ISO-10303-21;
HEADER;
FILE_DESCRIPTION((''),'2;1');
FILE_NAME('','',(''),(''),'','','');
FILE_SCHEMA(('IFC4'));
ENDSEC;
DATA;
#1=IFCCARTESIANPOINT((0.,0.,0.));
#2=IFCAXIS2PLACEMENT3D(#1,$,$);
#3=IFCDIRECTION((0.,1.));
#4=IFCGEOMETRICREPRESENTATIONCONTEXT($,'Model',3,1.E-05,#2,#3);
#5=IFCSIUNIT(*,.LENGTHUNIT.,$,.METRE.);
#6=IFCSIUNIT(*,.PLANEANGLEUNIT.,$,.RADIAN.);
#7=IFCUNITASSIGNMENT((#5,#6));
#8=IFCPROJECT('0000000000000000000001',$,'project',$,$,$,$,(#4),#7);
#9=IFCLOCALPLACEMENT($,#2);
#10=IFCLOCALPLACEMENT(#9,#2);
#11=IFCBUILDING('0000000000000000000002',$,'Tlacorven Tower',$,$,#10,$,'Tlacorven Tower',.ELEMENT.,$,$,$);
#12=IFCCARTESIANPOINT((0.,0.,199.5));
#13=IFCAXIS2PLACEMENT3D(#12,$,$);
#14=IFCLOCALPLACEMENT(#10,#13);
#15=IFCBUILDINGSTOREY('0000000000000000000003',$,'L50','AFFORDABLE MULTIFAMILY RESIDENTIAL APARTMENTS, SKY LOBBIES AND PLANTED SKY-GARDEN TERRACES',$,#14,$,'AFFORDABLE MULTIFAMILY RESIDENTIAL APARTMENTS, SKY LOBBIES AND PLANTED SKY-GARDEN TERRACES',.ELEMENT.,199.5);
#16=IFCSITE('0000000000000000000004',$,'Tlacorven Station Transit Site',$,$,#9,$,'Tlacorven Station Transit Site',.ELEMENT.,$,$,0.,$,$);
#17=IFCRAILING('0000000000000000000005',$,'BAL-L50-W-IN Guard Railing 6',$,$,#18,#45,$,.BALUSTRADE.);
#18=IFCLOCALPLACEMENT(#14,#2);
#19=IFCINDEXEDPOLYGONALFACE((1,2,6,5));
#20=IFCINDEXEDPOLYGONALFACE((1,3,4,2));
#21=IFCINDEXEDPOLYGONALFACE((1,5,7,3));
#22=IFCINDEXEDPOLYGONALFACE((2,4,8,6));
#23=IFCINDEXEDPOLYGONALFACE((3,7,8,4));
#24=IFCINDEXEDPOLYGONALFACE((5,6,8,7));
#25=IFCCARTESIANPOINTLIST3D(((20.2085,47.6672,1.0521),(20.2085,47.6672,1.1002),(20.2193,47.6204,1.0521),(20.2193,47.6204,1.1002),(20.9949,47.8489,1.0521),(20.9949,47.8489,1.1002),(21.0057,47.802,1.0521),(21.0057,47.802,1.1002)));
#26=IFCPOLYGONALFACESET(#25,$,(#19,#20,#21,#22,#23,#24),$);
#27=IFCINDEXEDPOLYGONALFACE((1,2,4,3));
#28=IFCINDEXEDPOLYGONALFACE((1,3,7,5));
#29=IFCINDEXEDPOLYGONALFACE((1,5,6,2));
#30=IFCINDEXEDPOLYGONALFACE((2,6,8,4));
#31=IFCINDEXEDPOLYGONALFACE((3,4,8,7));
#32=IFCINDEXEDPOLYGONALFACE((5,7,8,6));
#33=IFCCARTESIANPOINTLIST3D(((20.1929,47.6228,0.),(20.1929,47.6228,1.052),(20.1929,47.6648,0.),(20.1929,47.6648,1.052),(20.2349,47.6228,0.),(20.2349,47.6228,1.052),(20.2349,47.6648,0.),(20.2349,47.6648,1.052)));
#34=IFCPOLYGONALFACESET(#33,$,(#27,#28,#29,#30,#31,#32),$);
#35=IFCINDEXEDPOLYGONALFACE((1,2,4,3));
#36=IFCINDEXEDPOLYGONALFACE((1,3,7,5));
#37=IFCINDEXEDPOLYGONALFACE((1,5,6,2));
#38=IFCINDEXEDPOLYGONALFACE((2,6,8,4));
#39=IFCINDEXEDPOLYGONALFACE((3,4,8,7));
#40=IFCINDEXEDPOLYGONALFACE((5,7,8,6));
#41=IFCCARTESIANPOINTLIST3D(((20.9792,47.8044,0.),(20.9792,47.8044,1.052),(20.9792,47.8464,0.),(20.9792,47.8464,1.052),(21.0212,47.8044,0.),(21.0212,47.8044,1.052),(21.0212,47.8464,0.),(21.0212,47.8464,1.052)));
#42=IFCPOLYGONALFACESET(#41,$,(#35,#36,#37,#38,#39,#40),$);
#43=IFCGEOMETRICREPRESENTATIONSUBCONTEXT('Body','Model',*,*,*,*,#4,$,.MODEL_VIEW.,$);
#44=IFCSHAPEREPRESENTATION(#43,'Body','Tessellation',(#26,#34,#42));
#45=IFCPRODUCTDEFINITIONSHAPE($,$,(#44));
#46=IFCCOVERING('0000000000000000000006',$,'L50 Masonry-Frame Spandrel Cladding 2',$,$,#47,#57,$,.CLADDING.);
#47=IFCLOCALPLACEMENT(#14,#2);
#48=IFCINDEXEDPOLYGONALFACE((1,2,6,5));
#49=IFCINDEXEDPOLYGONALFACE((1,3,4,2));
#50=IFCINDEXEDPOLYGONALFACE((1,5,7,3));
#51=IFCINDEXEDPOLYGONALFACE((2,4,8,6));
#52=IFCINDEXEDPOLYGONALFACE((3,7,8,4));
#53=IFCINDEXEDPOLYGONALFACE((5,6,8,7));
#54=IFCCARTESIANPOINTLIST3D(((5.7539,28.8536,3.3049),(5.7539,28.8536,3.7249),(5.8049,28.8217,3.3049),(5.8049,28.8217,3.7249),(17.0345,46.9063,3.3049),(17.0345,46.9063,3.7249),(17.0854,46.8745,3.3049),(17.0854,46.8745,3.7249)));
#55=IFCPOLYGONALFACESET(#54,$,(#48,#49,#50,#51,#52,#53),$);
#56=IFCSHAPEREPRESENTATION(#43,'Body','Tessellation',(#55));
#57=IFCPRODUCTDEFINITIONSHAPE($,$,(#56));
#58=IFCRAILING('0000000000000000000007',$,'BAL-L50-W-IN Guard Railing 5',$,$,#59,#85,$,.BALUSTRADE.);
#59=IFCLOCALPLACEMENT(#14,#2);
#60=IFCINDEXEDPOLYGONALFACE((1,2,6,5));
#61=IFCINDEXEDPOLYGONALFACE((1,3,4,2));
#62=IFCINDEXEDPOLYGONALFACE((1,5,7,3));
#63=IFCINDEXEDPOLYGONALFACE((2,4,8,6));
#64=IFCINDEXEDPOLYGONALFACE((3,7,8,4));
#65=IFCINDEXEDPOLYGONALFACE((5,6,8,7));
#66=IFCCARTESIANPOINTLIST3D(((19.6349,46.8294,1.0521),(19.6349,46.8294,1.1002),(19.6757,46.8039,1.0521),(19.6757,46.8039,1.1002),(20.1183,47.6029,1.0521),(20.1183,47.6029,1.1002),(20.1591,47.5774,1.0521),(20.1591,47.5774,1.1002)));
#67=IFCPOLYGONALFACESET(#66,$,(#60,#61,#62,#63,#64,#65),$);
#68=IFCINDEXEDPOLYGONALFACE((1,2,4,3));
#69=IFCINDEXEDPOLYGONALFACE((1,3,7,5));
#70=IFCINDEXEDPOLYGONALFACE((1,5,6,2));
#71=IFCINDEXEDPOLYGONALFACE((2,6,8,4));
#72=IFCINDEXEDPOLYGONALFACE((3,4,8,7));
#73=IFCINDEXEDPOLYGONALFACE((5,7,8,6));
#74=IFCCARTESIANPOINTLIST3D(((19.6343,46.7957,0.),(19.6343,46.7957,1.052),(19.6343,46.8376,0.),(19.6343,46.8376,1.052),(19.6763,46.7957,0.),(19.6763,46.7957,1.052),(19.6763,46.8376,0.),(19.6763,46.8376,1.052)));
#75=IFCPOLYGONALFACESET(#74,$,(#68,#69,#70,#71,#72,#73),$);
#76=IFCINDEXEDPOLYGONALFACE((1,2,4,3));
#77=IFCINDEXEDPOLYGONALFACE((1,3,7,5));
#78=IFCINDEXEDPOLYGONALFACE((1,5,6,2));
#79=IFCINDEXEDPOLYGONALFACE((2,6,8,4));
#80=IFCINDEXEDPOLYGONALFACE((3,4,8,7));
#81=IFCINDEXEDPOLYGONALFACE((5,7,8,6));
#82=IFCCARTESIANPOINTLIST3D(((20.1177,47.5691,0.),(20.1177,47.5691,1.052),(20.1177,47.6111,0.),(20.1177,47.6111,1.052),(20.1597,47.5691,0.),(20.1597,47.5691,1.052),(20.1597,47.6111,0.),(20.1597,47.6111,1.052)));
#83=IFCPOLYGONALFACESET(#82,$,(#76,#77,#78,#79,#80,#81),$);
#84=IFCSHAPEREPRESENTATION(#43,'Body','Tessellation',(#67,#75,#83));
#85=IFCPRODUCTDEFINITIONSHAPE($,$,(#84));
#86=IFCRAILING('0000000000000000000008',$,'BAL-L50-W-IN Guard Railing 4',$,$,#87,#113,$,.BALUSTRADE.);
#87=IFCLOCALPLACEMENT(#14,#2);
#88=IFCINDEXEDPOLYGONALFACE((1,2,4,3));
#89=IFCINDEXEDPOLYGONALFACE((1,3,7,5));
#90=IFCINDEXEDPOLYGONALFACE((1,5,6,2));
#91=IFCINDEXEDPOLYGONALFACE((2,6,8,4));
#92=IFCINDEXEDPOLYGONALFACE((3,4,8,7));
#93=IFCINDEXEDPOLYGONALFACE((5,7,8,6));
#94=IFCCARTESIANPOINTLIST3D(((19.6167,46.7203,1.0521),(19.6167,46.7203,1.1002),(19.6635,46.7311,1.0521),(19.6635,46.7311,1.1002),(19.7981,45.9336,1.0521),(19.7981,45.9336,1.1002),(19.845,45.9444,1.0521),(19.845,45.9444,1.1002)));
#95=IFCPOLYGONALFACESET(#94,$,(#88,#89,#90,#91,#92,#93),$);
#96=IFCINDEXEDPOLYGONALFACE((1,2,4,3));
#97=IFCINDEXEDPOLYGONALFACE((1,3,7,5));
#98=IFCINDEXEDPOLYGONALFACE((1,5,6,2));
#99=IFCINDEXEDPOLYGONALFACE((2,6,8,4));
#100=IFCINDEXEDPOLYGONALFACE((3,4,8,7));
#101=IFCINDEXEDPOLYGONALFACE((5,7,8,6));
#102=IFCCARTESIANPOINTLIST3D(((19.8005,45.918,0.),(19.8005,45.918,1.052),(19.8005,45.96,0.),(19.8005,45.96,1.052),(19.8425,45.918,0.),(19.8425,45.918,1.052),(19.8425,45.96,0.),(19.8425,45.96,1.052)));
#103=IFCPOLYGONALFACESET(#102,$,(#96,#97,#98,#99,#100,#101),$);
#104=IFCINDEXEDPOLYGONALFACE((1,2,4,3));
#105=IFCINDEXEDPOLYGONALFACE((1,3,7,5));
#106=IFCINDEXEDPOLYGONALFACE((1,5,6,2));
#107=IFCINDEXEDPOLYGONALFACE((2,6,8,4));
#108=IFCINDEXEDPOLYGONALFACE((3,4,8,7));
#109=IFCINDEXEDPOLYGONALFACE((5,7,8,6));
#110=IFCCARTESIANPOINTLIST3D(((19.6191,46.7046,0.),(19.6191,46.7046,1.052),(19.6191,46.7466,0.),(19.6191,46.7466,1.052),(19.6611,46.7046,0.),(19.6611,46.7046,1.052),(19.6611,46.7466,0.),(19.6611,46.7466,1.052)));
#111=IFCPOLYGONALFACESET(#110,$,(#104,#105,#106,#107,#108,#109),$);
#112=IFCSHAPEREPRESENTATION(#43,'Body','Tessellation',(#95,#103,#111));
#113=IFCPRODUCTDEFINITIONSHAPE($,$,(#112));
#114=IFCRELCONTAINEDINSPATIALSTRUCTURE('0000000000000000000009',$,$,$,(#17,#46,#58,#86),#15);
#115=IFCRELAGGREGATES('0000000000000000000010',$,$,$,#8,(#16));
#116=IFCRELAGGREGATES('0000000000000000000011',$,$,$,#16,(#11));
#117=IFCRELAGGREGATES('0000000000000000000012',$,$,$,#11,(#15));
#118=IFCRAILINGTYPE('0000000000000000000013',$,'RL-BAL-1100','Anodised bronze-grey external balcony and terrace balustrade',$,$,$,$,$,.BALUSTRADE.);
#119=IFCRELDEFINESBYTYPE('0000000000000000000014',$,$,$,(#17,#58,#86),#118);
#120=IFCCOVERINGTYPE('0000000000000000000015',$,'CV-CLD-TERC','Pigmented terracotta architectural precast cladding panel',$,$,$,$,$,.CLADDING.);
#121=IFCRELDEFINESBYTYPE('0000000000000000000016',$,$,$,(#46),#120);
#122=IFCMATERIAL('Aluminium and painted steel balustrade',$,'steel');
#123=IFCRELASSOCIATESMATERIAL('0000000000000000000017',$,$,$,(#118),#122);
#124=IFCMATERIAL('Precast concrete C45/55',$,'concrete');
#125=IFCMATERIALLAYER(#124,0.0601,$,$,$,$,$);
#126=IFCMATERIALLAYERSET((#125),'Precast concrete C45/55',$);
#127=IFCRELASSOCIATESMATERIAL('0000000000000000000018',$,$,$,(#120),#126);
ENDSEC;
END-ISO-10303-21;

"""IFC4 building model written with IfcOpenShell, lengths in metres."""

from ifc_helpers import new_model, si_unit, direction, frame, origin, origin_2d, place, context, subcontext, project, spatial, rectangle, extrude, source, transform, mapped, material, layer, layer_set, type_object, element, save


model = new_model("IFC4")

# Units and contexts
model_context = context("Model", 3, precision=1e-05, world=origin(), true_north=direction((0.0, 1.0)))
body_context = subcontext(model_context, "Body", "Model", "MODEL_VIEW")
ifc_project = project(units=[si_unit("LENGTHUNIT", "METRE"), si_unit("PLANEANGLEUNIT", "RADIAN")], contexts=[model_context])

# Site, building, storey
site_placement = place(None, origin())
site = spatial("IfcSite", under=ifc_project, at=site_placement, Name="Tlacorven Station Transit Site", LongName="Tlacorven Station Transit Site", CompositionType="ELEMENT", RefElevation=0.0)
building_placement = place(site_placement, origin())
building = spatial("IfcBuilding", under=site, at=building_placement, Name="Tlacorven Tower", LongName="Tlacorven Tower", CompositionType="ELEMENT")
storey_placement = place(building_placement, frame((0.0, 0.0, 199.5)))
storey = spatial("IfcBuildingStorey", under=building, at=storey_placement, Name="L50", Description="AFFORDABLE MULTIFAMILY RESIDENTIAL APARTMENTS, SKY LOBBIES AND PLANTED SKY-GARDEN TERRACES", LongName="AFFORDABLE MULTIFAMILY RESIDENTIAL APARTMENTS, SKY LOBBIES AND PLANTED SKY-GARDEN TERRACES", CompositionType="ELEMENT", Elevation=199.5)

# Shared definitions
ifc_material_1 = material(Name="Precast concrete C45/55", Category="concrete")

# Railing
ifc_material_2 = material(Name="Aluminium and painted steel balustrade", Category="steel")
railing_type = type_object("IfcRailingType", Name="RL-BAL-1100", Description="Anodised bronze-grey external balcony and terrace balustrade", PredefinedType="BALUSTRADE", material=ifc_material_2)
shared_shape_1 = source(origin(), body_context, "Body", "SweptSolid", [
    extrude(rectangle(XDim=0.0481, YDim=0.0481, at=origin_2d()), frame((0.0, 0.0, 1.0762), z_axis=(0.974345, 0.225058, 0.0), x_axis=(-0.225058, 0.974345, 0.0)), (0.0, 0.0, 1.0), 0.8071),
    extrude(rectangle(XDim=0.042, YDim=0.042, at=origin_2d()), origin(), (0.0, 0.0, 1.0), 1.052),
    extrude(rectangle(XDim=0.042, YDim=0.042, at=origin_2d()), frame((0.7864, 0.1816, 0.0)), (0.0, 0.0, 1.0), 1.052),
])
railing_1_placement = place(storey_placement, frame((20.2139, 47.6438, 0.0)))
element("IfcRailing", 1, at=railing_1_placement, inside=storey, type_object=railing_type, Name="BAL-L50-W-IN Guard Railing 6", PredefinedType="BALUSTRADE", context=body_context, shape_type="MappedRepresentation", body=[
    mapped(shared_shape_1, transform((0.0, 0.0, 0.0), scale=1.0)),
])

# Covering
ifc_layer_1 = layer(ifc_material_1, 0.0601)
ifc_layer_set_1 = layer_set([ifc_layer_1], Name="Precast concrete C45/55")
covering_type = type_object("IfcCoveringType", Name="CV-CLD-TERC", Description="Pigmented terracotta architectural precast cladding panel", PredefinedType="CLADDING", material=ifc_layer_set_1)
shared_shape_2 = source(origin(), body_context, "Body", "SweptSolid", [
    extrude(rectangle(XDim=21.2874, YDim=0.0601, at=origin_2d()), origin(), (0.0, 0.0, 1.0), 0.4199),
])
covering_placement = place(storey_placement, frame((11.4197, 37.864, 3.3049), z_axis=(0.0, 0.0, 1.0), x_axis=(0.529919, 0.848048, 0.0)))
element("IfcCovering", 2, at=covering_placement, inside=storey, type_object=covering_type, Name="L50 Masonry-Frame Spandrel Cladding 2", PredefinedType="CLADDING", context=body_context, shape_type="MappedRepresentation", body=[
    mapped(shared_shape_2, transform((0.0, 0.0, 0.0), scale=1.0)),
])

# Railings
shared_shape_3 = source(origin(), body_context, "Body", "SweptSolid", [
    extrude(rectangle(XDim=0.0481, YDim=0.0481, at=origin_2d()), frame((0.0, 0.0, 1.0762), z_axis=(0.529999, 0.847998, 0.0), x_axis=(-0.847998, 0.529999, 0.0)), (0.0, 0.0, 1.0), 0.9121),
    extrude(rectangle(XDim=0.042, YDim=0.042, at=origin_2d()), origin(), (0.0, 0.0, 1.0), 1.052),
    extrude(rectangle(XDim=0.042, YDim=0.042, at=origin_2d()), frame((0.4834, 0.7734, 0.0)), (0.0, 0.0, 1.0), 1.052),
])
railing_2_placement = place(storey_placement, frame((19.6553, 46.8167, 0.0)))
element("IfcRailing", 3, at=railing_2_placement, inside=storey, type_object=railing_type, Name="BAL-L50-W-IN Guard Railing 5", PredefinedType="BALUSTRADE", context=body_context, shape_type="MappedRepresentation", body=[
    mapped(shared_shape_3, transform((0.0, 0.0, 0.0), scale=1.0)),
])
shared_shape_4 = source(origin(), body_context, "Body", "SweptSolid", [
    extrude(rectangle(XDim=0.0481, YDim=0.0481, at=origin_2d()), frame((0.0, 0.0, 1.0762), z_axis=(-0.224705, 0.974427, 0.0), x_axis=(-0.974427, -0.224705, 0.0)), (0.0, 0.0, 1.0), 0.8074),
    extrude(rectangle(XDim=0.042, YDim=0.042, at=origin_2d()), origin(), (0.0, 0.0, 1.0), 1.052),
    extrude(rectangle(XDim=0.042, YDim=0.042, at=origin_2d()), frame((-0.1814, 0.7866, 0.0)), (0.0, 0.0, 1.0), 1.052),
])
railing_3_placement = place(storey_placement, frame((19.8215, 45.939, 0.0)))
element("IfcRailing", 4, at=railing_3_placement, inside=storey, type_object=railing_type, Name="BAL-L50-W-IN Guard Railing 4", PredefinedType="BALUSTRADE", context=body_context, shape_type="MappedRepresentation", body=[
    mapped(shared_shape_4, transform((0.0, 0.0, 0.0), scale=1.0)),
])

save(model, "model.ifc")
